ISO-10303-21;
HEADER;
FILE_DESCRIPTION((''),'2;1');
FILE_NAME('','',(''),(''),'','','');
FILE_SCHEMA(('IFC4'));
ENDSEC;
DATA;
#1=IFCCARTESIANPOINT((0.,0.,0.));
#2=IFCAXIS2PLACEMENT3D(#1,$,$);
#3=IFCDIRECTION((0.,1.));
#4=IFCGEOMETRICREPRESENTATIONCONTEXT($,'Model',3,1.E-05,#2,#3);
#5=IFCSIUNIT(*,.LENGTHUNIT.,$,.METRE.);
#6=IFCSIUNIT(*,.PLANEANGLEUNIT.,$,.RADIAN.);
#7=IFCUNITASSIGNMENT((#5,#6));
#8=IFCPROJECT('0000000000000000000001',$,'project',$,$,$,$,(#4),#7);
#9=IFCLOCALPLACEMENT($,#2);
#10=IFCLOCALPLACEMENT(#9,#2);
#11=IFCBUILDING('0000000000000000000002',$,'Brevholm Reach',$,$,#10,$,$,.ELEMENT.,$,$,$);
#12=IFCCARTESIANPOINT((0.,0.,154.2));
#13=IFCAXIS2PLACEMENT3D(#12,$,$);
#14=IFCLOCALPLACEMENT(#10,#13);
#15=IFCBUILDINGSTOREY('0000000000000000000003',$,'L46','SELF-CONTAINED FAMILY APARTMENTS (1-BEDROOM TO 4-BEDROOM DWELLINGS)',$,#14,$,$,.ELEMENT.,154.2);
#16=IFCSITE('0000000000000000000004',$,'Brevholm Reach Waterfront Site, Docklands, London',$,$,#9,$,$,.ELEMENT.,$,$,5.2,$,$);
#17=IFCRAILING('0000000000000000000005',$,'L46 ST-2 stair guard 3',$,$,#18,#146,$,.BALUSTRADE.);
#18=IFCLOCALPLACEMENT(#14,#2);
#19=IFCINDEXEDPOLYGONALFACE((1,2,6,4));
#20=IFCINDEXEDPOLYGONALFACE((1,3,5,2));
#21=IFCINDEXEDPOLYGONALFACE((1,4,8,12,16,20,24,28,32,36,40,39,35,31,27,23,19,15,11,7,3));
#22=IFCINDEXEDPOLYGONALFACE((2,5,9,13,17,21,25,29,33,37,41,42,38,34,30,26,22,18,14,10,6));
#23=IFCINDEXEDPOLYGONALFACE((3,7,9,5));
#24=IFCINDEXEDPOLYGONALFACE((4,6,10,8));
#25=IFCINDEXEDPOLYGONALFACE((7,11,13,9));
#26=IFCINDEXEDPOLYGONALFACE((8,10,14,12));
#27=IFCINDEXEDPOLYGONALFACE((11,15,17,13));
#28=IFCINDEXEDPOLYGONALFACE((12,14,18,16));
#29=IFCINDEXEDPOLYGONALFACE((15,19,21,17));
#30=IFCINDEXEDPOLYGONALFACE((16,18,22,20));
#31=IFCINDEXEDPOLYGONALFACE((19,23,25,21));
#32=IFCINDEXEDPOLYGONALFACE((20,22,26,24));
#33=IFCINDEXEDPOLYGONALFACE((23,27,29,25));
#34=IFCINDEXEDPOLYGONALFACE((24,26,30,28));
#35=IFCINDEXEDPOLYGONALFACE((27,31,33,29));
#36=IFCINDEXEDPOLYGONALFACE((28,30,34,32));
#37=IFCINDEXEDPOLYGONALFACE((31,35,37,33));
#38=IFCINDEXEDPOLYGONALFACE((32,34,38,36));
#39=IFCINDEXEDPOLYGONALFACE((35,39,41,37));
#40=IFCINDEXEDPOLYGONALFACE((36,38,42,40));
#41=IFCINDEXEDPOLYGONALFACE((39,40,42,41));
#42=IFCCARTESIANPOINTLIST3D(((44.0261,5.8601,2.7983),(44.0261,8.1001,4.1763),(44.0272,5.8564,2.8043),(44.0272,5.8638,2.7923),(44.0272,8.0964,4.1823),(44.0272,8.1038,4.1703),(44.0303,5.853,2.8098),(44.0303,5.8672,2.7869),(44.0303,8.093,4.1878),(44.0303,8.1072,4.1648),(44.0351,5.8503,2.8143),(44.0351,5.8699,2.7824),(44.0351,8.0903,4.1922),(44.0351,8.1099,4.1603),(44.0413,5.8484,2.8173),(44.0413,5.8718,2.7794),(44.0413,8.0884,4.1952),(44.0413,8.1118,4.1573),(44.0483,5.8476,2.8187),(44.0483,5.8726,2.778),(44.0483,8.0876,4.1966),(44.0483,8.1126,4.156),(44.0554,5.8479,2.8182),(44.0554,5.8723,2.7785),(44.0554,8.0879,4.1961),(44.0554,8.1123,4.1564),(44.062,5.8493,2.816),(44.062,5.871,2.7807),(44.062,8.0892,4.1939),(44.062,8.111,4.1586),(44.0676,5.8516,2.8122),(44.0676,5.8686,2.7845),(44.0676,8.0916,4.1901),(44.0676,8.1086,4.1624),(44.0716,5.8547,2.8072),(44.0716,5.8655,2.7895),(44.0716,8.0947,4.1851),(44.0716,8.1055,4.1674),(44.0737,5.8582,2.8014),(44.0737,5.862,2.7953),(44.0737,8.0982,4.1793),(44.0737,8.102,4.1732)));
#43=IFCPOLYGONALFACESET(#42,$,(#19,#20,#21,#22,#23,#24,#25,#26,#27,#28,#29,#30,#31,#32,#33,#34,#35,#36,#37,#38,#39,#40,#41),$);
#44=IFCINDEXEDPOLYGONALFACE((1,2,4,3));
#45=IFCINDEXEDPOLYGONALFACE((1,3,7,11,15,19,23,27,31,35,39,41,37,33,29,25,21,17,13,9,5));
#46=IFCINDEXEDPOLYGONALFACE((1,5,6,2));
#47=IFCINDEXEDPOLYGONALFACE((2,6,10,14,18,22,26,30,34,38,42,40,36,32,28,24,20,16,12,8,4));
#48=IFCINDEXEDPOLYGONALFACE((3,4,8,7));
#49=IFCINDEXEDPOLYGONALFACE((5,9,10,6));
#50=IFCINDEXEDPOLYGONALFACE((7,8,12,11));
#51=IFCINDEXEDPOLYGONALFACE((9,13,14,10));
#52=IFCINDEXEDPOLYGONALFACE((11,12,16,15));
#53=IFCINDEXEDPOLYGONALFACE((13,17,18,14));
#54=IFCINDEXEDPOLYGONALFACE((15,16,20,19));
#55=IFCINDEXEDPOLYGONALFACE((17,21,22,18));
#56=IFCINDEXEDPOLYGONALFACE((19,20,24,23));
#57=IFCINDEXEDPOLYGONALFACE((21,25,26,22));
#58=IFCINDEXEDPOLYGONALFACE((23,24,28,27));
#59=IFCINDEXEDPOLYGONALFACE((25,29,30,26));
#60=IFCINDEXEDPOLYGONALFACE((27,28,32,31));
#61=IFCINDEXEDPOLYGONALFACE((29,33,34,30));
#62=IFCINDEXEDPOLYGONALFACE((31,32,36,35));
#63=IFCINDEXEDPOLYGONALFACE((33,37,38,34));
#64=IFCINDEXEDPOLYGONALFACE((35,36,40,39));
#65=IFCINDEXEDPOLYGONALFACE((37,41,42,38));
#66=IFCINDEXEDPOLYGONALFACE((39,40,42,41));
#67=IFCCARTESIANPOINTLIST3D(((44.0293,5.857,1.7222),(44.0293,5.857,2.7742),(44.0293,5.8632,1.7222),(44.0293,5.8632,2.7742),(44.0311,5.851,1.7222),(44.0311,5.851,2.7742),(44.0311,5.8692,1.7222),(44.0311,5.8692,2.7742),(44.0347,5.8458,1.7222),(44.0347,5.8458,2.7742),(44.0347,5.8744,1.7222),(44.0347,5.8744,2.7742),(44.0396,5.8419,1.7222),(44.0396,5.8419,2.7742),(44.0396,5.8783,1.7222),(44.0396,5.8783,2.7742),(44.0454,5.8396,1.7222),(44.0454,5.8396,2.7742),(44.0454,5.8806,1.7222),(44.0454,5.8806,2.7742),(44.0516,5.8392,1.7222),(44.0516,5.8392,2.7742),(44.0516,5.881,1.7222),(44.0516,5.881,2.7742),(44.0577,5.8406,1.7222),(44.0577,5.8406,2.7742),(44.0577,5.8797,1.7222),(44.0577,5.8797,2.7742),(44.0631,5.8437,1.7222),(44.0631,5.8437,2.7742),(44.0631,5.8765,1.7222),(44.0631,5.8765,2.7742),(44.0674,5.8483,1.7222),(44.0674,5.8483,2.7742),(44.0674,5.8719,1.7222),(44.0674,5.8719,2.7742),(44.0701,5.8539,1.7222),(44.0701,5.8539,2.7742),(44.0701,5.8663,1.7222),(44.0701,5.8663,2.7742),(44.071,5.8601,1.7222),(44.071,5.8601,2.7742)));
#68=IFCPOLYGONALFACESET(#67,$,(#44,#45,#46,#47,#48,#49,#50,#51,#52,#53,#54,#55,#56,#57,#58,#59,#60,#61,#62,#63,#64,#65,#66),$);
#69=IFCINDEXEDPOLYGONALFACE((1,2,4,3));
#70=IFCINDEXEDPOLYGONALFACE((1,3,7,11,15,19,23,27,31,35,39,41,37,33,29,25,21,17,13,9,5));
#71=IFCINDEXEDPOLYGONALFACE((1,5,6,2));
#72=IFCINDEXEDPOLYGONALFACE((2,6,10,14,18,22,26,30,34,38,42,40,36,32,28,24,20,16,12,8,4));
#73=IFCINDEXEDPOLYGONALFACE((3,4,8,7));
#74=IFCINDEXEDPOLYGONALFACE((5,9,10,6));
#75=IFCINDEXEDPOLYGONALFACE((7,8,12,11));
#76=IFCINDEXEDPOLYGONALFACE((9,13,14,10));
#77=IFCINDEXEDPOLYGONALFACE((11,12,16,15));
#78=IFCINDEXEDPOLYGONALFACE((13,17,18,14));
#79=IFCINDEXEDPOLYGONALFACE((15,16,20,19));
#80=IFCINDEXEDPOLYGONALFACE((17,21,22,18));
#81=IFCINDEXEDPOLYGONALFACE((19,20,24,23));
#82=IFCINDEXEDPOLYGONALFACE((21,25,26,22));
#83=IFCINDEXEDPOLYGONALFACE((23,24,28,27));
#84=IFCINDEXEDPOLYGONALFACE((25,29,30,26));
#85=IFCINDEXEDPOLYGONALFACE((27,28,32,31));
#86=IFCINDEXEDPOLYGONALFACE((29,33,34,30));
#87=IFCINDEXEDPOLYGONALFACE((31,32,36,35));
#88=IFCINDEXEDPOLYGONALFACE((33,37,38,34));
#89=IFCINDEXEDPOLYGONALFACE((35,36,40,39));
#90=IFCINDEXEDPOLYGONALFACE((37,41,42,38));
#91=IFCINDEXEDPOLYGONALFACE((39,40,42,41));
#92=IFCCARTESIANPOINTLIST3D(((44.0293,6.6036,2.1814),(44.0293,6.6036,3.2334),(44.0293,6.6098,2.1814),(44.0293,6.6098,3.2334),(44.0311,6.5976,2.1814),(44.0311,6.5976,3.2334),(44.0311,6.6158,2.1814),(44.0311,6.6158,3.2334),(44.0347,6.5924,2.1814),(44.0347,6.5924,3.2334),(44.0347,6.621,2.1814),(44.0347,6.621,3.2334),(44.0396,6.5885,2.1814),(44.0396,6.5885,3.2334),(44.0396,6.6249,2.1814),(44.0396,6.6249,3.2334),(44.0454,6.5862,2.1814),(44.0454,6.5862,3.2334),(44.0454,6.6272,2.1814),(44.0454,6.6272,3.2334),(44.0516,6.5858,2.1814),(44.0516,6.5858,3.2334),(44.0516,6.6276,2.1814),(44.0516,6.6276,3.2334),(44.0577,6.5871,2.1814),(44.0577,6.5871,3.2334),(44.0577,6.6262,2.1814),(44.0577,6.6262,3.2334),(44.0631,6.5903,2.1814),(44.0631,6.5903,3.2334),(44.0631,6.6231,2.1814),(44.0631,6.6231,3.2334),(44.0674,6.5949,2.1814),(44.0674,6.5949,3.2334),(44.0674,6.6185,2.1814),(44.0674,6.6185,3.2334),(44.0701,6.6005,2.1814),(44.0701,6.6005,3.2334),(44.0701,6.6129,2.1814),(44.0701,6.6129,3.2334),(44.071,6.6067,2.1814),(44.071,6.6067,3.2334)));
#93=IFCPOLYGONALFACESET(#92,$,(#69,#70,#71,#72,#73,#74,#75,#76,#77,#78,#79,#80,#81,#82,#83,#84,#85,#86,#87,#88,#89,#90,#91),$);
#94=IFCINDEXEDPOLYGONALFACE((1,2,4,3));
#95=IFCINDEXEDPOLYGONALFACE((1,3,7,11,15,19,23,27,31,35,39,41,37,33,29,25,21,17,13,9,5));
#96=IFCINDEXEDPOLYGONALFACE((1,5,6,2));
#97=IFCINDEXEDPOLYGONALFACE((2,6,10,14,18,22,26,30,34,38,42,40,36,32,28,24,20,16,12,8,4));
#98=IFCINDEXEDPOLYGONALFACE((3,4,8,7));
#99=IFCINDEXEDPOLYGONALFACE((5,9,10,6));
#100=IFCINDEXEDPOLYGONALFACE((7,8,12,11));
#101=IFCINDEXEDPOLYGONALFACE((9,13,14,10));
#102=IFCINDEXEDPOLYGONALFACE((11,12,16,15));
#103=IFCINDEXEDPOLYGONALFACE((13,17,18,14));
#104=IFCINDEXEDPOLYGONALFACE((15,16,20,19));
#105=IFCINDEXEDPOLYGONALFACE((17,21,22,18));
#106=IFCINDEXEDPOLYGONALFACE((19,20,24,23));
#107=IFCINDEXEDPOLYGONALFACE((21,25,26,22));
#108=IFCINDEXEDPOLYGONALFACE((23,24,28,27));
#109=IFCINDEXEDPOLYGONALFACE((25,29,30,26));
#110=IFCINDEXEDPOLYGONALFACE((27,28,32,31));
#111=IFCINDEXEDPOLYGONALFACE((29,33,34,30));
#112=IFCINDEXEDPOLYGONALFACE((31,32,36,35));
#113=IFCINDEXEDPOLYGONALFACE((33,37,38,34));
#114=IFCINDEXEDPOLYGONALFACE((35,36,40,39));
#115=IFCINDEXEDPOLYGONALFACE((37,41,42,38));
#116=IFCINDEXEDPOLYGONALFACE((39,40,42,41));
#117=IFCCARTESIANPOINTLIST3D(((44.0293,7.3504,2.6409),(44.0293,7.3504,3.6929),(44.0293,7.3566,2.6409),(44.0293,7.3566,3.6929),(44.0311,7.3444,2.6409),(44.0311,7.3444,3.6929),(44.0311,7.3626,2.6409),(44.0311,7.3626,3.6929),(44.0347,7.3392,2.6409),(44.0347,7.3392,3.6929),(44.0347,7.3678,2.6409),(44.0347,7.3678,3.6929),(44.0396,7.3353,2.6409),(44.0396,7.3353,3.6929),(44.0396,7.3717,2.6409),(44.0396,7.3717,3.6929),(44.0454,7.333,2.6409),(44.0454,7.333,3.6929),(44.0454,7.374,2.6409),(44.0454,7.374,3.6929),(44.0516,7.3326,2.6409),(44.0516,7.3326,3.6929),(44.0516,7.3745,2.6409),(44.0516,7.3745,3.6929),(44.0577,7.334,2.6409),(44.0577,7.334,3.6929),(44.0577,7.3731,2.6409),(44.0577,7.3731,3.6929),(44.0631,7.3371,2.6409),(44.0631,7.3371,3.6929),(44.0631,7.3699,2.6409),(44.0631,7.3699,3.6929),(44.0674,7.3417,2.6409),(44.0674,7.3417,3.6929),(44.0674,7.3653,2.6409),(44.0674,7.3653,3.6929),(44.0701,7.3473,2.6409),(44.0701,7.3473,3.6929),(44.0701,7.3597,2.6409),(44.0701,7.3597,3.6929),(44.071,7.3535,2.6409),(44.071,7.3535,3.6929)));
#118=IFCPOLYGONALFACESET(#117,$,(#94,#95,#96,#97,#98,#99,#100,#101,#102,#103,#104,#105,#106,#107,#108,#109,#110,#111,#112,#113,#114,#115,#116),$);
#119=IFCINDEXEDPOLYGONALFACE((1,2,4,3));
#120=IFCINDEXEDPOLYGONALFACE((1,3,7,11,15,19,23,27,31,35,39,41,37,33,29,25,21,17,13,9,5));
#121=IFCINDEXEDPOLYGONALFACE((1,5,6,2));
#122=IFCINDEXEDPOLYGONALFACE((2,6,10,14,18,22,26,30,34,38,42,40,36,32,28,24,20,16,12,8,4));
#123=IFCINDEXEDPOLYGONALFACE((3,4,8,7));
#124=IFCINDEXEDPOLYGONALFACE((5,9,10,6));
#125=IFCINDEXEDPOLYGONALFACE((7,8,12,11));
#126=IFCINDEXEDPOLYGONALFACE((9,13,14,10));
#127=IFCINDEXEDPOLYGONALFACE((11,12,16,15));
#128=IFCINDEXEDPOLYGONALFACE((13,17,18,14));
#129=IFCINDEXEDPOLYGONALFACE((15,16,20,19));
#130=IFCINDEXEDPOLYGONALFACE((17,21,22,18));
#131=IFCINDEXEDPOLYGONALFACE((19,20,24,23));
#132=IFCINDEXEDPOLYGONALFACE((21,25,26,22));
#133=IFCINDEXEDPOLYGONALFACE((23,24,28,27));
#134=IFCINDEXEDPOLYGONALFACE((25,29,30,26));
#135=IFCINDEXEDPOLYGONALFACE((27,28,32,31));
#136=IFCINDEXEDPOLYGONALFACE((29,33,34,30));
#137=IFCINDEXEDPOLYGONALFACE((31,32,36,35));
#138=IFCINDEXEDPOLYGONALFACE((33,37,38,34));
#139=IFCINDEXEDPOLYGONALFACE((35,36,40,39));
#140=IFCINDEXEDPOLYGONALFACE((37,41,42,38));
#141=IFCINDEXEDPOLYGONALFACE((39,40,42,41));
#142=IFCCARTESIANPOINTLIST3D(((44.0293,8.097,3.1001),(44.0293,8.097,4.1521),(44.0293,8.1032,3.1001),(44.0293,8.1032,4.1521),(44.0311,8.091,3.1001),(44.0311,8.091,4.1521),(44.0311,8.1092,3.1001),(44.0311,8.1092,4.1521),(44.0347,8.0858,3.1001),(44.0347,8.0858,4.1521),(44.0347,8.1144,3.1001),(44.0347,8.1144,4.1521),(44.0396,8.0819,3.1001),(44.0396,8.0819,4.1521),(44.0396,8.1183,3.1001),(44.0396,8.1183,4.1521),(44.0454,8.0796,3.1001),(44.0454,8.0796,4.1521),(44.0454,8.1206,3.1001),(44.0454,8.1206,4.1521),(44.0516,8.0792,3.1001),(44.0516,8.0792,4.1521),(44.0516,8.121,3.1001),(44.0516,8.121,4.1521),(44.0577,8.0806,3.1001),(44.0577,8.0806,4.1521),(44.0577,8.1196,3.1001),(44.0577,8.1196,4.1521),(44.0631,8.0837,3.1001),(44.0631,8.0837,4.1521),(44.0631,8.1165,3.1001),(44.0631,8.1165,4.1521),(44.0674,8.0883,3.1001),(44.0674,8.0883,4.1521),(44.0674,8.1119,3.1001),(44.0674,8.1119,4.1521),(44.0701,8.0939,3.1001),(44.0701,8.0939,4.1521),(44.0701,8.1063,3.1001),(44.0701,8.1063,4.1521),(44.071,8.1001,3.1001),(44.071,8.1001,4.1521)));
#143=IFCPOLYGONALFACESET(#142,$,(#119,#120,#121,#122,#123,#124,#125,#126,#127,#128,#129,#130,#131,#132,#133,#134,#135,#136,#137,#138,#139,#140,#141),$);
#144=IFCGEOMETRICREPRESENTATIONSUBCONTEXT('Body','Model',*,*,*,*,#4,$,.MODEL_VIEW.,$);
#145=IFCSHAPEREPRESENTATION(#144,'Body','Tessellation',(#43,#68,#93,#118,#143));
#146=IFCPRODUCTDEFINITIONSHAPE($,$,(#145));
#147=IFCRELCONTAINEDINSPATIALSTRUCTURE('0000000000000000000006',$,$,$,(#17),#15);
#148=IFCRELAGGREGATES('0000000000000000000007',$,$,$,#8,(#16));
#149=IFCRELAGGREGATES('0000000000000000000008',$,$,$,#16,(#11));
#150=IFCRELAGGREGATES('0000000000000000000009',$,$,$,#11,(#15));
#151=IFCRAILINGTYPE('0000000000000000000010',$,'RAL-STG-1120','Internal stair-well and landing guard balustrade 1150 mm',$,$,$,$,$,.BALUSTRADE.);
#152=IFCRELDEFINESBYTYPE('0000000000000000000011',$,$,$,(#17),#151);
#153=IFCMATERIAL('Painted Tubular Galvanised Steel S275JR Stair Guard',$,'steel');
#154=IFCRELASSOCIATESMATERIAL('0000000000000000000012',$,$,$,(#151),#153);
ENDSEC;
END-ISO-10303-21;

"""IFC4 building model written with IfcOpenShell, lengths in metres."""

from ifc_helpers import new_model, si_unit, direction, frame, origin, origin_2d, place, context, subcontext, project, spatial, circle, extrude, material, type_object, element, save


model = new_model("IFC4")

# Units and contexts
model_context = context("Model", 3, precision=1e-05, world=origin(), true_north=direction((0.0, 1.0)))
body_context = subcontext(model_context, "Body", "Model", "MODEL_VIEW")
ifc_project = project(units=[si_unit("LENGTHUNIT", "METRE"), si_unit("PLANEANGLEUNIT", "RADIAN")], contexts=[model_context])

# Site, building, storey
site_placement = place(None, origin())
site = spatial("IfcSite", under=ifc_project, at=site_placement, Name="Brevholm Reach Waterfront Site, Docklands, London", CompositionType="ELEMENT", RefElevation=5.2)
building_placement = place(site_placement, origin())
building = spatial("IfcBuilding", under=site, at=building_placement, Name="Brevholm Reach", CompositionType="ELEMENT")
storey_placement = place(building_placement, frame((0.0, 0.0, 154.2)))
storey = spatial("IfcBuildingStorey", under=building, at=storey_placement, Name="L46", Description="SELF-CONTAINED FAMILY APARTMENTS (1-BEDROOM TO 4-BEDROOM DWELLINGS)", CompositionType="ELEMENT", Elevation=154.2)

# Railing
ifc_material_1 = material(Name="Painted Tubular Galvanised Steel S275JR Stair Guard", Category="steel")
railing_type_1 = type_object("IfcRailingType", Name="RAL-STG-1120", Description="Internal stair-well and landing guard balustrade 1150 mm", PredefinedType="BALUSTRADE", material=ifc_material_1)
railing_1_placement = place(storey_placement, frame((44.05, 5.8601, 1.7222)))
element("IfcRailing", 1, at=railing_1_placement, inside=storey, type_object=railing_type_1, Name="L46 ST-2 stair guard 3", PredefinedType="BALUSTRADE", context=body_context, shape_type="SweptSolid", body=[
    extrude(circle(Radius=0.0239, at=origin_2d()), frame((0.0, 0.0, 1.0762), z_axis=(0.0, 0.851748, 0.523952), x_axis=(-1.0, 0.0, 0.0)), (0.0, 0.0, 1.0), 2.6299),
    extrude(circle(Radius=0.021, at=origin_2d()), origin(), (0.0, 0.0, 1.0), 1.052),
    extrude(circle(Radius=0.021, at=origin_2d()), frame((0.0, 0.7466, 0.4592)), (0.0, 0.0, 1.0), 1.052),
    extrude(circle(Radius=0.021, at=origin_2d()), frame((0.0, 1.4934, 0.9187)), (0.0, 0.0, 1.0), 1.052),
    extrude(circle(Radius=0.021, at=origin_2d()), frame((0.0, 2.24, 1.3779)), (0.0, 0.0, 1.0), 1.052),
])

save(model, "model.ifc")
